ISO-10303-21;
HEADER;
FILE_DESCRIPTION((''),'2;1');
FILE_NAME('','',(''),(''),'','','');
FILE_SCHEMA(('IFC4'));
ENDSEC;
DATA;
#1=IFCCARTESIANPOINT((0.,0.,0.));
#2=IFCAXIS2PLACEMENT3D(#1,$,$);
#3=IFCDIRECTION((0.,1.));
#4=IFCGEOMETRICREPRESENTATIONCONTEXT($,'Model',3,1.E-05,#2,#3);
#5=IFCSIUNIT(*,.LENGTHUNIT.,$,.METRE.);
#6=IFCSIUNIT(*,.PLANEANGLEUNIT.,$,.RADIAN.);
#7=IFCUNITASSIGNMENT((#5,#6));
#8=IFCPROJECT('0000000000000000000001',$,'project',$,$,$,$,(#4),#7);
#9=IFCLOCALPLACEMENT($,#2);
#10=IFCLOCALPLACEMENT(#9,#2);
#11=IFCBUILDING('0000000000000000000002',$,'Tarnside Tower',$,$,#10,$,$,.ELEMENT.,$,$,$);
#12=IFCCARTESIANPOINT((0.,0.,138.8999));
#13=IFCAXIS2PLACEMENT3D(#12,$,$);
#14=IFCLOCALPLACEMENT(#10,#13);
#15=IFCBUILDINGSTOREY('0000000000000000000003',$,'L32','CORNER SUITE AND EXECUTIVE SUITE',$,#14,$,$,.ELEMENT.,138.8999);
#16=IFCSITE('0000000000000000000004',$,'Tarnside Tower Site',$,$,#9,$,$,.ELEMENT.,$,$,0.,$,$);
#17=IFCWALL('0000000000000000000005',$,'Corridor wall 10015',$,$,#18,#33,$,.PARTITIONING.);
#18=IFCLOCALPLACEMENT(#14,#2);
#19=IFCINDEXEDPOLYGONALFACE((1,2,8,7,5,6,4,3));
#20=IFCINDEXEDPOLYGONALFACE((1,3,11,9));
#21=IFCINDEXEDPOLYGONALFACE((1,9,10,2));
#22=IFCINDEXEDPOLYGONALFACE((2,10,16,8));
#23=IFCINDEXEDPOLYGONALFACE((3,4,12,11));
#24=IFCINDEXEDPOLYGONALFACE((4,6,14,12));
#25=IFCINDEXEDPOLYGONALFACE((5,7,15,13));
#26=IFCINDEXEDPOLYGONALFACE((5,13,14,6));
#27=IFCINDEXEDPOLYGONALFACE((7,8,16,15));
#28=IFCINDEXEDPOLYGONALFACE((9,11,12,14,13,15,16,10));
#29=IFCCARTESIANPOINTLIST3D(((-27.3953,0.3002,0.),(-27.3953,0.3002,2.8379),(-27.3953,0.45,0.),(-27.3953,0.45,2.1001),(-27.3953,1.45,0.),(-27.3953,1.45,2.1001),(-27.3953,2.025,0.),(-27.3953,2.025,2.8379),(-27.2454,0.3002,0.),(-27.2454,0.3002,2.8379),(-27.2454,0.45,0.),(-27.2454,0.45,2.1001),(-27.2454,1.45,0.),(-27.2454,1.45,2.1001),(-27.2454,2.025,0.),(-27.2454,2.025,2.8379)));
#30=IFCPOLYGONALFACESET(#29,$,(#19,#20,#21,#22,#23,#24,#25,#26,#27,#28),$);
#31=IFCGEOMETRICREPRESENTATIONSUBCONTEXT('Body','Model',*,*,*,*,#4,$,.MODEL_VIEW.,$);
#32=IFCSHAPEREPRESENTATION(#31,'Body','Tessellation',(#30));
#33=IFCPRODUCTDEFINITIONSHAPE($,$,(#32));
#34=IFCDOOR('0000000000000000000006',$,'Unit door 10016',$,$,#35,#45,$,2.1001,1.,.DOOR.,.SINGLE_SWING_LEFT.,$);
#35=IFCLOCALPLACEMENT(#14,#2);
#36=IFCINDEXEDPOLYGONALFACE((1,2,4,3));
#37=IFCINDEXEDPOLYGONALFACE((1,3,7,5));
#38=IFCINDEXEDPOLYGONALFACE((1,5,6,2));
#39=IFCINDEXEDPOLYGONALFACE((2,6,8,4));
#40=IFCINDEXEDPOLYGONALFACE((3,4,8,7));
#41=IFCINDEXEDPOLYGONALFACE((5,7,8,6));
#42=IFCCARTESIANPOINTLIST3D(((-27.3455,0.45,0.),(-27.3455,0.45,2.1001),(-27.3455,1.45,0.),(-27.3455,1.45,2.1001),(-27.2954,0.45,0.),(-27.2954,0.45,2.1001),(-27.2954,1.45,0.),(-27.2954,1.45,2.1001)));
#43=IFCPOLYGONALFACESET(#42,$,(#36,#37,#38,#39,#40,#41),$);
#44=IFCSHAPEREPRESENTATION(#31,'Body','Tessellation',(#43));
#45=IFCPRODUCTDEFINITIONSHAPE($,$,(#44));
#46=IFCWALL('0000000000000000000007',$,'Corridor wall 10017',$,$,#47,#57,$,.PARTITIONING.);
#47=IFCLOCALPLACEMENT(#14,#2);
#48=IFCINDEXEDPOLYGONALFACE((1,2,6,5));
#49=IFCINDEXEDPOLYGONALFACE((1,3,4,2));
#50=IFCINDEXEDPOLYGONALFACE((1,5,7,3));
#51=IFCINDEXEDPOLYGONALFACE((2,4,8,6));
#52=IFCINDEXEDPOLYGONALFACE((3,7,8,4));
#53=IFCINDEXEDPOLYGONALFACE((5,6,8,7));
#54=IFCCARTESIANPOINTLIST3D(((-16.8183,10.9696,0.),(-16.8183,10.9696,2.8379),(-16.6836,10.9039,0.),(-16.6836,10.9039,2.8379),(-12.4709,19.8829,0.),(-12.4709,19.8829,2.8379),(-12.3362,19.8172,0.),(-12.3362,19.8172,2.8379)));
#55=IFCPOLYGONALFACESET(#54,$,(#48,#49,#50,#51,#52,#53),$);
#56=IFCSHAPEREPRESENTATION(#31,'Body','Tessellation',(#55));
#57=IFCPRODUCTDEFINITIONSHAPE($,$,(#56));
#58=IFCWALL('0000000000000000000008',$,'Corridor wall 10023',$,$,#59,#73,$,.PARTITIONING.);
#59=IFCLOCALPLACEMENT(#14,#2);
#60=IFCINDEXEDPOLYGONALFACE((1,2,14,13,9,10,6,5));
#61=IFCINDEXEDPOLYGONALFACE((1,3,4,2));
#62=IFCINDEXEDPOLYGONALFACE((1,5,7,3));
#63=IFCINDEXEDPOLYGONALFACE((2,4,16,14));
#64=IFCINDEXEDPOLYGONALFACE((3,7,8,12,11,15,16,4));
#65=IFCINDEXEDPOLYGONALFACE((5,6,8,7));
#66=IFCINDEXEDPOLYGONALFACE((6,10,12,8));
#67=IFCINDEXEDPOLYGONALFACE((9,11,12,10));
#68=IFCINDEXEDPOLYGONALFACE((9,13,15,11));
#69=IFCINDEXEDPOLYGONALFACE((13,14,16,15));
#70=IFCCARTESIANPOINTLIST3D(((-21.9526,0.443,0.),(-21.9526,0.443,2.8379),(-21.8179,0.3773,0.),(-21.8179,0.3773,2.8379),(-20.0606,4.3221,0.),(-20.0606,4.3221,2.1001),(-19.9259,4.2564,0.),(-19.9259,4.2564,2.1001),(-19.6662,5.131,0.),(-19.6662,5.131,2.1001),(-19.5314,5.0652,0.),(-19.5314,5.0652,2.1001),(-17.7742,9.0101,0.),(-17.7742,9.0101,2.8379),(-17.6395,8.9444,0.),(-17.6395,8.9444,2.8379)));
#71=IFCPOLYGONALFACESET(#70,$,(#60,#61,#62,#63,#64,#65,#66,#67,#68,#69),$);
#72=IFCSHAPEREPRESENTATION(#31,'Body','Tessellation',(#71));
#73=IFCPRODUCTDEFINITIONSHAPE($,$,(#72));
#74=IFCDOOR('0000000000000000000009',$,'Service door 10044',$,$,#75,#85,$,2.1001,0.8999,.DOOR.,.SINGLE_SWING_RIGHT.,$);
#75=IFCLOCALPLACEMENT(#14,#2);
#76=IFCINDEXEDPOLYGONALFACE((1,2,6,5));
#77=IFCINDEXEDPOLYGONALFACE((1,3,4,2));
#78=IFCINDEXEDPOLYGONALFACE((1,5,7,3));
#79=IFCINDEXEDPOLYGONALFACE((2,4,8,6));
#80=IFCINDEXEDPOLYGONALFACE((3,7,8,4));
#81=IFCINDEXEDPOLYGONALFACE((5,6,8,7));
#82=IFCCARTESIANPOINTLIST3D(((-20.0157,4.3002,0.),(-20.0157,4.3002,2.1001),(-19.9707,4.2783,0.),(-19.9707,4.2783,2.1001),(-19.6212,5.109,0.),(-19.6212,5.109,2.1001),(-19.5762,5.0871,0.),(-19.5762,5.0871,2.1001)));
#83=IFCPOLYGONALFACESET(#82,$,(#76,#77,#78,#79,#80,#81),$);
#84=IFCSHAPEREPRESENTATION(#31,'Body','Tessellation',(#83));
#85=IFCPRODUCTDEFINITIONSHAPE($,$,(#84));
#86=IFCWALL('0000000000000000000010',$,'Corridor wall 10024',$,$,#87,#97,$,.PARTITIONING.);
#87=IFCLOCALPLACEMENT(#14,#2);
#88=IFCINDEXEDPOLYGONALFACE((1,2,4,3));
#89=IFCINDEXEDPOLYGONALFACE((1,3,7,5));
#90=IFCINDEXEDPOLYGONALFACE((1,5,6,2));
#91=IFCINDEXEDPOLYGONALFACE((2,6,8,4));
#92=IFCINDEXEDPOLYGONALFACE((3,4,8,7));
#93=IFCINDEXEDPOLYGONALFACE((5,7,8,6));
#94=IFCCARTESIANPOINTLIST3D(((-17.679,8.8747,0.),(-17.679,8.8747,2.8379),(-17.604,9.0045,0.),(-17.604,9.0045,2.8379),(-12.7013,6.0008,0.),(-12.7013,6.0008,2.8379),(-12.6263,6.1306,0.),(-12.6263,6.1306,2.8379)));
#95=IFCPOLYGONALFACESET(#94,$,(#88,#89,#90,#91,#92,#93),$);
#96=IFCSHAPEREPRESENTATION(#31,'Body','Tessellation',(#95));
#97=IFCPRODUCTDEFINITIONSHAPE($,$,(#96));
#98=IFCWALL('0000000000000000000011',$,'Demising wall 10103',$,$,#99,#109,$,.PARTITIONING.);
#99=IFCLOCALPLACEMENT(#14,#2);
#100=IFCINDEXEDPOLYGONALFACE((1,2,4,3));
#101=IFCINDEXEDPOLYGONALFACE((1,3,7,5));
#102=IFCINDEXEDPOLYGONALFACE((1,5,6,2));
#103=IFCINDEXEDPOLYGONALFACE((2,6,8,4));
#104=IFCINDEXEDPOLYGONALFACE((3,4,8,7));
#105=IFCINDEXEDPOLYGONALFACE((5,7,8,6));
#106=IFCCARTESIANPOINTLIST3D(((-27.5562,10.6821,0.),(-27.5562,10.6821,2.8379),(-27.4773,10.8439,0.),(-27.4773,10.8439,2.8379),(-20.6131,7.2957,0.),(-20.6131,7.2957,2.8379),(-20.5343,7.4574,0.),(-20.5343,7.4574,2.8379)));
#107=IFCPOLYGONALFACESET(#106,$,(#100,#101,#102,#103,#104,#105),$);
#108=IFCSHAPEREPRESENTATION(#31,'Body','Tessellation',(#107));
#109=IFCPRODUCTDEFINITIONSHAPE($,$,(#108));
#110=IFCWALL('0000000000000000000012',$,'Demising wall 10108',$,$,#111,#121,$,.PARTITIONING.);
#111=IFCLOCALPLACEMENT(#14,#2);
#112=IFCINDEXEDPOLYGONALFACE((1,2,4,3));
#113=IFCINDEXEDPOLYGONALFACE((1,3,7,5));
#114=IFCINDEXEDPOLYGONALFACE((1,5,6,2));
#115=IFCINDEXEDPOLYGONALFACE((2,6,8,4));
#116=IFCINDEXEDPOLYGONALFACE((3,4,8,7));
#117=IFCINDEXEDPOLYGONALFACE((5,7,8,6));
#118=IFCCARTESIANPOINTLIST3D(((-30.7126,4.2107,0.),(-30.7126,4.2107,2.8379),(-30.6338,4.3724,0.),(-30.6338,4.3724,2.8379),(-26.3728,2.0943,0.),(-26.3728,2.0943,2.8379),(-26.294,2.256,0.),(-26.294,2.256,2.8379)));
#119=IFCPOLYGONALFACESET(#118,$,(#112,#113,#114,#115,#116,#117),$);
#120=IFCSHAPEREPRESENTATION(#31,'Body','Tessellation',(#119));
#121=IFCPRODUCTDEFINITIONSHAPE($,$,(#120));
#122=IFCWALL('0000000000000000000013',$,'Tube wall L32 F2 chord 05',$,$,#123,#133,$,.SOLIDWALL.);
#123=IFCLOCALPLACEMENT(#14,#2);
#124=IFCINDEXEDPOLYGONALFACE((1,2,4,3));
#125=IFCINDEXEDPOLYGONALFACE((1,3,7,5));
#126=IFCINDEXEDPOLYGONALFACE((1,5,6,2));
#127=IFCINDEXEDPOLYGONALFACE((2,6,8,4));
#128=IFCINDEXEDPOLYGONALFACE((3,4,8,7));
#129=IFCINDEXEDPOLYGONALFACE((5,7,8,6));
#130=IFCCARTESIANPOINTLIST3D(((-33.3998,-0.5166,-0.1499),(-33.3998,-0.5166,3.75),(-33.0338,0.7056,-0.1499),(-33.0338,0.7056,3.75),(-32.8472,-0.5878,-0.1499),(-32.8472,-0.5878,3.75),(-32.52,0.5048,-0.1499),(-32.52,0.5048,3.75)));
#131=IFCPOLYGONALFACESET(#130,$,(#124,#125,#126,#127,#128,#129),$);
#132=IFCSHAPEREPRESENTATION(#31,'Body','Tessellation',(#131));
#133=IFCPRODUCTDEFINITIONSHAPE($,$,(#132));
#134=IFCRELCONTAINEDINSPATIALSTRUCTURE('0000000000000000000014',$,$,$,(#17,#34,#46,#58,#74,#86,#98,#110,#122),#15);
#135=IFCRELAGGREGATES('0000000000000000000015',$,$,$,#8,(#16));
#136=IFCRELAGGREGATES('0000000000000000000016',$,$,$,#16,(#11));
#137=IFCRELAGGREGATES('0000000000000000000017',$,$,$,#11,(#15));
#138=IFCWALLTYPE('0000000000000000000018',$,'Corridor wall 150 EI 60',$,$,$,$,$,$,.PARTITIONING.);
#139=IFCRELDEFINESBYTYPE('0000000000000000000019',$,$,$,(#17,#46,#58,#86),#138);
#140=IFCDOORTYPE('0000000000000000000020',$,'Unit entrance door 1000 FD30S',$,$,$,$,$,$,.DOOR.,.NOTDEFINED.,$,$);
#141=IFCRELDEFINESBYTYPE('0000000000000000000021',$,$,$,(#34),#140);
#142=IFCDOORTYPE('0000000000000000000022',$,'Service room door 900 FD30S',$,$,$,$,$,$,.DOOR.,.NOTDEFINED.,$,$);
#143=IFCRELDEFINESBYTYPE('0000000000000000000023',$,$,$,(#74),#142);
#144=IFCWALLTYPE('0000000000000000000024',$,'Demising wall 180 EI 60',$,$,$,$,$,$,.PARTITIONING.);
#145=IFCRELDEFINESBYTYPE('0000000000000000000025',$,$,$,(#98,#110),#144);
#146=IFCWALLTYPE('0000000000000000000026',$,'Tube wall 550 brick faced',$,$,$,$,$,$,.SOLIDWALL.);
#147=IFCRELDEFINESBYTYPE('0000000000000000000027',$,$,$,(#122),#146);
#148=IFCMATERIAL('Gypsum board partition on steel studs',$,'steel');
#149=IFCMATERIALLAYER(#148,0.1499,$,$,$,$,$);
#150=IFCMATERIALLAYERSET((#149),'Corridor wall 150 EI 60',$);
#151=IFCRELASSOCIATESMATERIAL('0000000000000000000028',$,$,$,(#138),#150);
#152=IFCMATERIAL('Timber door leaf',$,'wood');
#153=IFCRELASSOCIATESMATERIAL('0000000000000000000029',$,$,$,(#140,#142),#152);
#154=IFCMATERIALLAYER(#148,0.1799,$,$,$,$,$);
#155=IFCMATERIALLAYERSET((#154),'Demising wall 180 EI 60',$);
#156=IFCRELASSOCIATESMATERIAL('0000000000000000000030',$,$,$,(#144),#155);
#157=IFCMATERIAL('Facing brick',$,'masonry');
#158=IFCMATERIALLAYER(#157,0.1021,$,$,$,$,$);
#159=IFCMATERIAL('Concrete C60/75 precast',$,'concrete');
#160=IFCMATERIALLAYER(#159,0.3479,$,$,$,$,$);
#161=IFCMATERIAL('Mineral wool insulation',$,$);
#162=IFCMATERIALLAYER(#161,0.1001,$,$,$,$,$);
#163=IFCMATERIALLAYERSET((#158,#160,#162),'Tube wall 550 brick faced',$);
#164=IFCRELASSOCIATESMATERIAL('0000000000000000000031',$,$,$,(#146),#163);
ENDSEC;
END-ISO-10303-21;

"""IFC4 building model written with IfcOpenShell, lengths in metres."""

from ifc_helpers import new_model, si_unit, direction, frame, frame_2d, origin, place, context, subcontext, project, spatial, polyline, rectangle, outline, extrude, material, layer, layer_set, type_object, element, fill, save


model = new_model("IFC4")

# Units and contexts
model_context = context("Model", 3, precision=1e-05, world=origin(), true_north=direction((0.0, 1.0)))
body_context = subcontext(model_context, "Body", "Model", "MODEL_VIEW")
ifc_project = project(units=[si_unit("LENGTHUNIT", "METRE"), si_unit("PLANEANGLEUNIT", "RADIAN")], contexts=[model_context])

# Site, building, storey
site_placement = place(None, origin())
site = spatial("IfcSite", under=ifc_project, at=site_placement, Name="Tarnside Tower Site", CompositionType="ELEMENT", RefElevation=0.0)
building_placement = place(site_placement, origin())
building = spatial("IfcBuilding", under=site, at=building_placement, Name="Tarnside Tower", CompositionType="ELEMENT")
storey_placement = place(building_placement, frame((0.0, 0.0, 138.8999)))
storey = spatial("IfcBuildingStorey", under=building, at=storey_placement, Name="L32", Description="CORNER SUITE AND EXECUTIVE SUITE", CompositionType="ELEMENT", Elevation=138.8999)

# Shared definitions
ifc_material_1 = material(Name="Gypsum board partition on steel studs", Category="steel")
ifc_material_2 = material(Name="Timber door leaf", Category="wood")

# Shared definitions
ifc_layer_1 = layer(ifc_material_1, 0.1499)
ifc_layer_set_1 = layer_set([ifc_layer_1], Name="Corridor wall 150 EI 60")
wall_type_1 = type_object("IfcWallType", Name="Corridor wall 150 EI 60", PredefinedType="PARTITIONING", material=ifc_layer_set_1)

# Wall, opening, door
wall_1_placement = place(storey_placement, frame((-27.3203, 2.0249, 0.0), z_axis=(0.0, 0.0, 1.0), x_axis=(0.0, -1.0, 0.0)))
wall_1 = element("IfcWall", 1, at=wall_1_placement, inside=storey, type_object=wall_type_1, Name="Corridor wall 10015", PredefinedType="PARTITIONING", context=body_context, shape_type="SweptSolid", body=[
    extrude(rectangle(XDim=1.7249, YDim=0.1499, at=frame_2d((0.8623, 0.0))), origin(), (0.0, 0.0, 1.0), 2.8379),
])
opening_1_placement = place(wall_1_placement, frame((0.575, 0.0, 0.0)))
opening_1 = element("IfcOpeningElement", 2, at=opening_1_placement, cuts=wall_1, PredefinedType="OPENING", context=body_context, shape_type="SweptSolid", body=[
    extrude(rectangle(XDim=1.0, YDim=2.1001, at=frame_2d((0.5, 1.05))), frame((0.0, 0.085, 0.0), z_axis=(0.0, -1.0, 0.0), x_axis=(1.0, 0.0, 0.0)), (0.0, 0.0, 1.0), 0.1699),
])
door_type_1 = type_object("IfcDoorType", Name="Unit entrance door 1000 FD30S", OperationType="NOTDEFINED", PredefinedType="DOOR", material=ifc_material_2)
door_1_placement = place(opening_1_placement, origin())
door_1 = element("IfcDoor", 3, at=door_1_placement, inside=storey, type_object=door_type_1, Name="Unit door 10016", OperationType="SINGLE_SWING_LEFT", OverallHeight=2.1001, OverallWidth=1.0, PredefinedType="DOOR", context=body_context, shape_type="SweptSolid", body=[
    extrude(rectangle(XDim=1.0, YDim=2.1001, at=frame_2d((0.5, 1.05))), frame((0.0, 0.0249, 0.0), z_axis=(0.0, -1.0, 0.0), x_axis=(1.0, 0.0, 0.0)), (0.0, 0.0, 1.0), 0.05),
])
fill(opening_1, door_1)

# Wall
wall_2_placement = place(storey_placement, frame((-16.751, 10.9368, 0.0), z_axis=(0.0, 0.0, 1.0), x_axis=(0.438379, 0.89879, 0.0)))
element("IfcWall", 4, at=wall_2_placement, inside=storey, type_object=wall_type_1, Name="Corridor wall 10017", PredefinedType="PARTITIONING", context=body_context, shape_type="SweptSolid", body=[
    extrude(rectangle(XDim=9.917, YDim=0.1499, at=frame_2d((4.9585, 0.0))), origin(), (0.0, 0.0, 1.0), 2.8379),
])

# Wall, opening, door
wall_3_placement = place(storey_placement, frame((-21.8853, 0.4102, 0.0), z_axis=(0.0, 0.0, 1.0), x_axis=(0.438371, 0.898794, 0.0)))
wall_3 = element("IfcWall", 5, at=wall_3_placement, inside=storey, type_object=wall_type_1, Name="Corridor wall 10023", PredefinedType="PARTITIONING", context=body_context, shape_type="SweptSolid", body=[
    extrude(rectangle(XDim=9.5317, YDim=0.1499, at=frame_2d((4.7659, 0.0))), origin(), (0.0, 0.0, 1.0), 2.8379),
])
opening_2_placement = place(wall_3_placement, frame((4.3159, 0.0, 0.0)))
opening_2 = element("IfcOpeningElement", 6, at=opening_2_placement, cuts=wall_3, PredefinedType="OPENING", context=body_context, shape_type="SweptSolid", body=[
    extrude(rectangle(XDim=0.8999, YDim=2.1001, at=frame_2d((0.45, 1.05))), frame((0.0, 0.085, 0.0), z_axis=(0.0, -1.0, 0.0), x_axis=(1.0, 0.0, 0.0)), (0.0, 0.0, 1.0), 0.1699),
])
door_type_2 = type_object("IfcDoorType", Name="Service room door 900 FD30S", OperationType="NOTDEFINED", PredefinedType="DOOR", material=ifc_material_2)
door_2_placement = place(opening_2_placement, origin())
door_2 = element("IfcDoor", 7, at=door_2_placement, inside=storey, type_object=door_type_2, Name="Service door 10044", OperationType="SINGLE_SWING_RIGHT", OverallHeight=2.1001, OverallWidth=0.8999, PredefinedType="DOOR", context=body_context, shape_type="SweptSolid", body=[
    extrude(rectangle(XDim=0.8999, YDim=2.1001, at=frame_2d((0.45, 1.05))), frame((0.0, 0.0249, 0.0), z_axis=(0.0, -1.0, 0.0), x_axis=(1.0, 0.0, 0.0)), (0.0, 0.0, 1.0), 0.05),
])
fill(opening_2, door_2)

# Walls
wall_4_placement = place(storey_placement, frame((-17.6416, 8.9397, 0.0), z_axis=(0.0, 0.0, 1.0), x_axis=(0.866018, -0.500013, 0.0)))
element("IfcWall", 8, at=wall_4_placement, inside=storey, type_object=wall_type_1, Name="Corridor wall 10024", PredefinedType="PARTITIONING", context=body_context, shape_type="SweptSolid", body=[
    extrude(rectangle(XDim=5.7478, YDim=0.1499, at=frame_2d((2.874, 0.0))), origin(), (0.0, 0.0, 1.0), 2.8379),
])
ifc_layer_2 = layer(ifc_material_1, 0.1799)
ifc_layer_set_2 = layer_set([ifc_layer_2], Name="Demising wall 180 EI 60")
wall_type_2 = type_object("IfcWallType", Name="Demising wall 180 EI 60", PredefinedType="PARTITIONING", material=ifc_layer_set_2)
wall_5_placement = place(storey_placement, frame((-27.5166, 10.7629, 0.0), z_axis=(0.0, 0.0, 1.0), x_axis=(0.898789, -0.438381, 0.0)))
element("IfcWall", 9, at=wall_5_placement, inside=storey, type_object=wall_type_2, Name="Demising wall 10103", PredefinedType="PARTITIONING", context=body_context, shape_type="SweptSolid", body=[
    extrude(rectangle(XDim=7.7249, YDim=0.1799, at=frame_2d((3.8623, 0.0))), origin(), (0.0, 0.0, 1.0), 2.8379),
])
wall_6_placement = place(storey_placement, frame((-30.6731, 4.2915, 0.0), z_axis=(0.0, 0.0, 1.0), x_axis=(0.898813, -0.438333, 0.0)))
element("IfcWall", 10, at=wall_6_placement, inside=storey, type_object=wall_type_2, Name="Demising wall 10108", PredefinedType="PARTITIONING", context=body_context, shape_type="SweptSolid", body=[
    extrude(rectangle(XDim=4.8284, YDim=0.1799, at=frame_2d((2.4141, 0.0))), origin(), (0.0, 0.0, 1.0), 2.8379),
])
ifc_material_3 = material(Name="Facing brick", Category="masonry")
ifc_layer_3 = layer(ifc_material_3, 0.1021)
ifc_material_4 = material(Name="Concrete C60/75 precast", Category="concrete")
ifc_layer_4 = layer(ifc_material_4, 0.3479)
ifc_material_5 = material(Name="Mineral wool insulation")
ifc_layer_5 = layer(ifc_material_5, 0.1001)
ifc_layer_set_3 = layer_set([ifc_layer_3, ifc_layer_4, ifc_layer_5], Name="Tube wall 550 brick faced")
wall_type_3 = type_object("IfcWallType", Name="Tube wall 550 brick faced", PredefinedType="SOLIDWALL", material=ifc_layer_set_3)
wall_7_placement = place(storey_placement, frame((-32.7769, 0.6052, -0.1499), z_axis=(0.0, 0.0, 1.0), x_axis=(-0.286921, -0.957954, 0.0)))
element("IfcWall", 11, at=wall_7_placement, inside=storey, type_object=wall_type_3, Name="Tube wall L32 F2 chord 05", PredefinedType="SOLIDWALL", context=body_context, shape_type="SweptSolid", body=[
    extrude(outline(polyline([(-0.0225, -0.2749), (1.2534, -0.2749), (1.1631, 0.2749), (0.0225, 0.2749), (-0.0225, -0.2749)])), origin(), (0.0, 0.0, 1.0), 3.8999),
])

save(model, "model.ifc")
